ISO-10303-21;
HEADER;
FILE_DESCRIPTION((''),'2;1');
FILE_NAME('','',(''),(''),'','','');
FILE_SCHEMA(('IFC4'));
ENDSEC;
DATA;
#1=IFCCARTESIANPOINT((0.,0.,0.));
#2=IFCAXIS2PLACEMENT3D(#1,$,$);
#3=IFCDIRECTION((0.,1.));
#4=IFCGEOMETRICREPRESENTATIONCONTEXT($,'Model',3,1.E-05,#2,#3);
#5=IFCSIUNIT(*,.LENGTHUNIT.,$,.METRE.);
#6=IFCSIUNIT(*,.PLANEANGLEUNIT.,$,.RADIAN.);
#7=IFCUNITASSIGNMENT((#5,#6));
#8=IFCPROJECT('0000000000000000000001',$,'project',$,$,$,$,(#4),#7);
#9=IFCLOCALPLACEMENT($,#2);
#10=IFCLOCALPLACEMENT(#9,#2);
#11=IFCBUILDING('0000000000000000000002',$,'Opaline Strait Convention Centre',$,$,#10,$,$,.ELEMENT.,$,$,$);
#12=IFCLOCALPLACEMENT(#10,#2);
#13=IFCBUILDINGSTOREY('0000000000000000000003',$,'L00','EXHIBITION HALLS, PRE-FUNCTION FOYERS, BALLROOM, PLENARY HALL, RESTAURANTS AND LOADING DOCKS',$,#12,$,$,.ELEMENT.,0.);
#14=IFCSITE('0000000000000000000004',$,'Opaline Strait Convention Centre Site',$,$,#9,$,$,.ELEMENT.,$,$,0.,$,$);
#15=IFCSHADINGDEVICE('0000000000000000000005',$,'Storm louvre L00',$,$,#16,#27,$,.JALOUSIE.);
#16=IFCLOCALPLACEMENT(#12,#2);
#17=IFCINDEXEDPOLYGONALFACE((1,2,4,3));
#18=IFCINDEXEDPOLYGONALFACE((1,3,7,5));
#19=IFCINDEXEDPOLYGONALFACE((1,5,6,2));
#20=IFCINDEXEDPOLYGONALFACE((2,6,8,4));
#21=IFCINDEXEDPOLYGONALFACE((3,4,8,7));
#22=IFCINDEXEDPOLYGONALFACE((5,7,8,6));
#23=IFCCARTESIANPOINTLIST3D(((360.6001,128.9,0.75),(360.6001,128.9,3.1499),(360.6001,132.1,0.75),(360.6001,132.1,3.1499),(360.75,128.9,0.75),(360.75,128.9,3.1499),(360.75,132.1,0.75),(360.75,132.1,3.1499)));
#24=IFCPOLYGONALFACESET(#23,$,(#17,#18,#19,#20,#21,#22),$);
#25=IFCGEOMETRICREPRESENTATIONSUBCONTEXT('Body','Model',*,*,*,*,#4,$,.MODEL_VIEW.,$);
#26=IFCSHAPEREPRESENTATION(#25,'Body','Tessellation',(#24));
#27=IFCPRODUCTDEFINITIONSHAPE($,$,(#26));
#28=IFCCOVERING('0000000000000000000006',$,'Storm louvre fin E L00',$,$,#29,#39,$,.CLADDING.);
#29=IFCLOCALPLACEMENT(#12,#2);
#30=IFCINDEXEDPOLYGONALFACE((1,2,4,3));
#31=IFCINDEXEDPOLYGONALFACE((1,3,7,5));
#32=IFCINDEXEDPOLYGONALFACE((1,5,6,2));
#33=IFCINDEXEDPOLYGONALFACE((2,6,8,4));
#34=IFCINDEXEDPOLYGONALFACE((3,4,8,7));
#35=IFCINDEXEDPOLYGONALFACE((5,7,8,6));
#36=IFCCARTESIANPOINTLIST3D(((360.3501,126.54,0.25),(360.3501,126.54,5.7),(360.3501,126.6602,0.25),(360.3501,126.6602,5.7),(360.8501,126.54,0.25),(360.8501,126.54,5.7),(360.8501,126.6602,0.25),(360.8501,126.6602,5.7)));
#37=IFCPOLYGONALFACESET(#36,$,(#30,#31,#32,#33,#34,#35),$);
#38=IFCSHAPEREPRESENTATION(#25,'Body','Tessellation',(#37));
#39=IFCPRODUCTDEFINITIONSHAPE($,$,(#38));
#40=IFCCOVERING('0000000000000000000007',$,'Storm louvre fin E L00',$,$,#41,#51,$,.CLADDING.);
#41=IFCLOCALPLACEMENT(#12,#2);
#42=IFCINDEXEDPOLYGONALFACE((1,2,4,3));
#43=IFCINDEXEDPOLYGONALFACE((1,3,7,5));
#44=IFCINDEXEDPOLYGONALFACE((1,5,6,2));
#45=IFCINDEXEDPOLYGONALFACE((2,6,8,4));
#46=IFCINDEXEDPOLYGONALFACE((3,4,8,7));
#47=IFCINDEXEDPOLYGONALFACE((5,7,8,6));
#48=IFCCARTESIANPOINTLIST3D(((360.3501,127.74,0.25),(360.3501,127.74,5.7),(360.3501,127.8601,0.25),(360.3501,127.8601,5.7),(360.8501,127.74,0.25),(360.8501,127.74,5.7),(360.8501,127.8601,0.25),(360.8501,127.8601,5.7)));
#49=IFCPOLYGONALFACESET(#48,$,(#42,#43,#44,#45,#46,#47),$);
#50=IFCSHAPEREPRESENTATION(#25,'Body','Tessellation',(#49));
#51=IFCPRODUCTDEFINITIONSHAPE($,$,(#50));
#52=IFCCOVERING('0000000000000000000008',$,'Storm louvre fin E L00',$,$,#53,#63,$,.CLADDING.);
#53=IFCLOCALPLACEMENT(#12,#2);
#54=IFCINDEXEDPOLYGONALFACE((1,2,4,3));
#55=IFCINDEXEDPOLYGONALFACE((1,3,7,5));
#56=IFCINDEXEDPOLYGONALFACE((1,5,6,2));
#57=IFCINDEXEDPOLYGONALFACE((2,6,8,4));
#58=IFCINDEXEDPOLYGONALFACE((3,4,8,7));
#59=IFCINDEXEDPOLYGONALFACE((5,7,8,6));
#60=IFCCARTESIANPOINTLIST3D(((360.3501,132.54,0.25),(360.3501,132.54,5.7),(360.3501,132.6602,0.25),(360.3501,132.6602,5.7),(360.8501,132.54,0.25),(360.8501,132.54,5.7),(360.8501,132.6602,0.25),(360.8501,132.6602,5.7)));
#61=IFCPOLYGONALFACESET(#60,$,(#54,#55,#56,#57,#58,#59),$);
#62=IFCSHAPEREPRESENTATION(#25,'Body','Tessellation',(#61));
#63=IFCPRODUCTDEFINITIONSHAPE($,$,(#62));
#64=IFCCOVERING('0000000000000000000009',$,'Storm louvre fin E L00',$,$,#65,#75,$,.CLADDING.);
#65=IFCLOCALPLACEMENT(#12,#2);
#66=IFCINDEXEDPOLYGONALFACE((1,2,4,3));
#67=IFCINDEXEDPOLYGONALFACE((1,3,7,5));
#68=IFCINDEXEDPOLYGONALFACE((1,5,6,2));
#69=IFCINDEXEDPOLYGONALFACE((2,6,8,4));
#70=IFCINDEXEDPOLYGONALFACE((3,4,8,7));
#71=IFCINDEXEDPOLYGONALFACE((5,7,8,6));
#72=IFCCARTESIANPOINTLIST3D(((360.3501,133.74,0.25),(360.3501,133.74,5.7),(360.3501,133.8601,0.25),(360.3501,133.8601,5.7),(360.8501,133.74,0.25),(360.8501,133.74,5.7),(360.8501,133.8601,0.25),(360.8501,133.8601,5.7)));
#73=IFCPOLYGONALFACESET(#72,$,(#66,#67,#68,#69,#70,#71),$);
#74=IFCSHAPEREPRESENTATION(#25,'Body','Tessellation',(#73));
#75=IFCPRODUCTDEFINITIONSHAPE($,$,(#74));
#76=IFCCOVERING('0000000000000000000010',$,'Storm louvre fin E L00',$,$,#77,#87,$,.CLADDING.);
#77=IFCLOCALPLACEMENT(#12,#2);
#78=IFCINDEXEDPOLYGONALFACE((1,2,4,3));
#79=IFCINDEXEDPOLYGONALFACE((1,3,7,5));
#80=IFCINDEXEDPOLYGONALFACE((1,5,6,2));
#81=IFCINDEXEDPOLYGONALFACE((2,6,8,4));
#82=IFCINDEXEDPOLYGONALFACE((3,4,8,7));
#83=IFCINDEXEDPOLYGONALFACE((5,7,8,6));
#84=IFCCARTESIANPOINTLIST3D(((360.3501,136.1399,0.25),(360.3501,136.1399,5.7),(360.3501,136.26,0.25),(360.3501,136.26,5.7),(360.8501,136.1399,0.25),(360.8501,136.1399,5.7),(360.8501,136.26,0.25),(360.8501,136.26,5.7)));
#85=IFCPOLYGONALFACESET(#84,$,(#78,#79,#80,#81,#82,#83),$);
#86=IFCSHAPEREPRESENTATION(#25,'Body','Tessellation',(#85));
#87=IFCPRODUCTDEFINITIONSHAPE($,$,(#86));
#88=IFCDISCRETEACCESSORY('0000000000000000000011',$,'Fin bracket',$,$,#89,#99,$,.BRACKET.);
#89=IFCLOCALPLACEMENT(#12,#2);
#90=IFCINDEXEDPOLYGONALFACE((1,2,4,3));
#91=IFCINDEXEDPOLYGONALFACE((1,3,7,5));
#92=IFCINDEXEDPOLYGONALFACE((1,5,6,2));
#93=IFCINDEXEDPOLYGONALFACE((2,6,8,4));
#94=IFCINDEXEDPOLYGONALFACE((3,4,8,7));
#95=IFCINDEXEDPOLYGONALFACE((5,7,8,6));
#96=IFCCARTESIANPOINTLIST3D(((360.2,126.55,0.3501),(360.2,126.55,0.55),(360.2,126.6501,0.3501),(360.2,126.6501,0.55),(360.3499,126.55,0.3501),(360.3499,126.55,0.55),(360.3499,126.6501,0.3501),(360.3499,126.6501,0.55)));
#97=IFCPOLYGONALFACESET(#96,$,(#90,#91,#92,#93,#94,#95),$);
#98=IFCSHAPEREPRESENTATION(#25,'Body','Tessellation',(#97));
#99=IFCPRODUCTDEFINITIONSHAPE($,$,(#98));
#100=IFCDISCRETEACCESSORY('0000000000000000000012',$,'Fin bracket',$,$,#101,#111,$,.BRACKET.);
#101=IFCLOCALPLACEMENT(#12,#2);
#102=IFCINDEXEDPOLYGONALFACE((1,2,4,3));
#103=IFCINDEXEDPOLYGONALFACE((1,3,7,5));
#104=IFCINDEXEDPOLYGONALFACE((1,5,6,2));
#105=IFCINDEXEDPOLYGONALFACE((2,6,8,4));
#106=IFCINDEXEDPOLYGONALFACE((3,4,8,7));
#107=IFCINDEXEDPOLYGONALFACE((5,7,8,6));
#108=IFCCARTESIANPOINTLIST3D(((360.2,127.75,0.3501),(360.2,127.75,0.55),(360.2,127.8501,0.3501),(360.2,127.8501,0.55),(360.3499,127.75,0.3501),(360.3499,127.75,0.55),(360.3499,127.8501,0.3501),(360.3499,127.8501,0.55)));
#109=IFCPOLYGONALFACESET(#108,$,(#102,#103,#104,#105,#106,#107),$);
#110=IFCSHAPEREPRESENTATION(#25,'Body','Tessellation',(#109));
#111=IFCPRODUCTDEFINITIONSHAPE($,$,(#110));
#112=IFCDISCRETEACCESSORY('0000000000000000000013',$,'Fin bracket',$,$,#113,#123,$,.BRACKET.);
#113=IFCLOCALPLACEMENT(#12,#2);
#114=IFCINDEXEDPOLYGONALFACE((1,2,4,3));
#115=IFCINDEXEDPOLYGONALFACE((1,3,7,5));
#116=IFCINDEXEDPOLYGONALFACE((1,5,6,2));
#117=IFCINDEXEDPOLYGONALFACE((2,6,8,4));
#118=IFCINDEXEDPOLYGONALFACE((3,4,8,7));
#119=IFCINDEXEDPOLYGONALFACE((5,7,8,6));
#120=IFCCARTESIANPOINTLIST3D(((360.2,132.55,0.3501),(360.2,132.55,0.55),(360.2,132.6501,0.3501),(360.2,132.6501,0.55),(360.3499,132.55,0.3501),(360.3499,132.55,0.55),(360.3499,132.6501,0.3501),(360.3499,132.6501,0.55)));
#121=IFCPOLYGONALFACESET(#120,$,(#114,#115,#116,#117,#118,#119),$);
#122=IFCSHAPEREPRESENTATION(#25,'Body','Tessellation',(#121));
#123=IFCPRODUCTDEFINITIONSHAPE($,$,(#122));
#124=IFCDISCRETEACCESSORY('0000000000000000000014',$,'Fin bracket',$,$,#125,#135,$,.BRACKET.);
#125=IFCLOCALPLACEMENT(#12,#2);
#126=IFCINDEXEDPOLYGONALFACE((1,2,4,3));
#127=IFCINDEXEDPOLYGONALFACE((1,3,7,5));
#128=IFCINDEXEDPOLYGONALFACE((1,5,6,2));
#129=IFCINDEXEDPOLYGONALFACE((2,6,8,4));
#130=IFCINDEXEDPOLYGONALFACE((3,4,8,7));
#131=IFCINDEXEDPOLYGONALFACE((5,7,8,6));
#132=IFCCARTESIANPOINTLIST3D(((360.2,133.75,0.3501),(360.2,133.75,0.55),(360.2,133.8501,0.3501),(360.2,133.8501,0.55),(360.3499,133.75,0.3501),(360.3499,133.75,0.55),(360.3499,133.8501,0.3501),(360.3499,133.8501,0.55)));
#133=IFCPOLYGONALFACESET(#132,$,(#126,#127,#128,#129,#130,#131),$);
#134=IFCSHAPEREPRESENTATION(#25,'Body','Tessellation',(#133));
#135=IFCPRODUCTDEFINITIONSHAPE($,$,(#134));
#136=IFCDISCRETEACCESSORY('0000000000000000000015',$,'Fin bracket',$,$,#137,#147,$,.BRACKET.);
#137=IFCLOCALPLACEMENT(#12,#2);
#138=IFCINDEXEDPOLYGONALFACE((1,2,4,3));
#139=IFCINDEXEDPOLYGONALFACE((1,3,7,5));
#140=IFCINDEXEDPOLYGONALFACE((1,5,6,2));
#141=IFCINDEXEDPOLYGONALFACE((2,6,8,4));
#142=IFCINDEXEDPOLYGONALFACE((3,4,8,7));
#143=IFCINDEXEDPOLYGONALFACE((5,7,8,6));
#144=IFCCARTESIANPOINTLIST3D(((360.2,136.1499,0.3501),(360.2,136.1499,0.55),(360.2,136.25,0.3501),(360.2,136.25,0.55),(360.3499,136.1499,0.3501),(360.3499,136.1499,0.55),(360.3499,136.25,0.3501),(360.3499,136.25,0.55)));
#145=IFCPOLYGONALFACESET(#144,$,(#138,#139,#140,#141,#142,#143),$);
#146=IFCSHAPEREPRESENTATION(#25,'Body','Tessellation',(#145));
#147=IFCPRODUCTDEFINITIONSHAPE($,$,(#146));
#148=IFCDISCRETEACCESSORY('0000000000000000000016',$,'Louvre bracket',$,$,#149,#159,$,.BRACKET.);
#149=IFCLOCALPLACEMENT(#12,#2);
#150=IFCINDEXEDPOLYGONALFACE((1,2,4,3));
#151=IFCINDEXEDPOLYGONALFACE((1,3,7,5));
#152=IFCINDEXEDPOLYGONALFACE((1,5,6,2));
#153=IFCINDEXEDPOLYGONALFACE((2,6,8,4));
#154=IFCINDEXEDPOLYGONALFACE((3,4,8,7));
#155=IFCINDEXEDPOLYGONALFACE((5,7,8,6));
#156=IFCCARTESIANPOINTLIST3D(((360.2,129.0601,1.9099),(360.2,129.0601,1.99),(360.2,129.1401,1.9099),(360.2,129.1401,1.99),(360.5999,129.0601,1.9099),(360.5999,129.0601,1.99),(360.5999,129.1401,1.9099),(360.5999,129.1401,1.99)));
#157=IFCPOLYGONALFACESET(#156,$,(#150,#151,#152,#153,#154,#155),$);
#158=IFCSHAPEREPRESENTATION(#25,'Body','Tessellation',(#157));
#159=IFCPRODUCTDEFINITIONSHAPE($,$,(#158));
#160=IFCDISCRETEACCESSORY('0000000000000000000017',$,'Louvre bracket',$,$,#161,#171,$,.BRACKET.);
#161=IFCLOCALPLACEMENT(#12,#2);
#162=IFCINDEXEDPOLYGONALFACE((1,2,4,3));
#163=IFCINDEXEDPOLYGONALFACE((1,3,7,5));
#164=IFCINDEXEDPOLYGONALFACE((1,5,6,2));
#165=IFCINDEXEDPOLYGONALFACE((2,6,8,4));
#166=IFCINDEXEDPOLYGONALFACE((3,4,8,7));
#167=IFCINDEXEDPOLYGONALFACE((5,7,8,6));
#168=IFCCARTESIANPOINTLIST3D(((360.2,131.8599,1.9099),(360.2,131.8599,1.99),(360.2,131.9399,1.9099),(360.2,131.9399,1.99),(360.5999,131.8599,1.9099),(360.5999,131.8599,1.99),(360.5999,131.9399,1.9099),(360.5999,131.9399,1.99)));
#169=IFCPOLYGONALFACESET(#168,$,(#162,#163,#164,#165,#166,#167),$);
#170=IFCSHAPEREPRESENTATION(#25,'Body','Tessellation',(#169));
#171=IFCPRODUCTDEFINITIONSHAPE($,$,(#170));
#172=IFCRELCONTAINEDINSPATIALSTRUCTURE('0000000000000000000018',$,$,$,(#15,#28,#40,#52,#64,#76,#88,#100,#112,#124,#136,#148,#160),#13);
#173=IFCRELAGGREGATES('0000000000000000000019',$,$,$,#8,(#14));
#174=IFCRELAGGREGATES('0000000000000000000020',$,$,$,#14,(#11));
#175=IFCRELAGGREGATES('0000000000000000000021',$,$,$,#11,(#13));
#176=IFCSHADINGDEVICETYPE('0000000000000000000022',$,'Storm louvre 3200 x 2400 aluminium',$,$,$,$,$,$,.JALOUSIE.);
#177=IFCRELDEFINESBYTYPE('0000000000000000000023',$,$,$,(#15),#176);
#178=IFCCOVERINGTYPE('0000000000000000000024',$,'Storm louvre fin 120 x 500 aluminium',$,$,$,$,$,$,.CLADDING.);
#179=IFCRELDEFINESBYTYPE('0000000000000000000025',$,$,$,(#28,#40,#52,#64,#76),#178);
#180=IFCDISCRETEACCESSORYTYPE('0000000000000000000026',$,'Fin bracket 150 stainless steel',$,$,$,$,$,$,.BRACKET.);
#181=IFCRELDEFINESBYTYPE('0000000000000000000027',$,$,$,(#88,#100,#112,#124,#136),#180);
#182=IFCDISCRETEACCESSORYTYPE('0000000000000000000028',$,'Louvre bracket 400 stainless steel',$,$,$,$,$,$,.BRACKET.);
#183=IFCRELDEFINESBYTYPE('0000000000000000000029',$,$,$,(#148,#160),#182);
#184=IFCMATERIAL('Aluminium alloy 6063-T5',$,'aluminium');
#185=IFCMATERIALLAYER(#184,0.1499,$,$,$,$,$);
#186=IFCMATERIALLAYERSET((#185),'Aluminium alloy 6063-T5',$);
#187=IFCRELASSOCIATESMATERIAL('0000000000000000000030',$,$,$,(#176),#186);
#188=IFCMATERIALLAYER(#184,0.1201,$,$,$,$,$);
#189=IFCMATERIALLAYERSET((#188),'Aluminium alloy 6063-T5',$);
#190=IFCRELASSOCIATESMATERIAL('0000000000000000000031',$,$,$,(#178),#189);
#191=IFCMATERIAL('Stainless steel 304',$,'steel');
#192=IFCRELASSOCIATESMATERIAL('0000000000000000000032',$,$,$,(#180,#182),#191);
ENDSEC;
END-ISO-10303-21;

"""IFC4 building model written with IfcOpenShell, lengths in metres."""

from ifc_helpers import new_model, si_unit, direction, frame, origin, origin_2d, place, context, subcontext, project, spatial, rectangle, extrude, material, layer, layer_set, type_object, element, save


model = new_model("IFC4")

# Units and contexts
model_context = context("Model", 3, precision=1e-05, world=origin(), true_north=direction((0.0, 1.0)))
body_context = subcontext(model_context, "Body", "Model", "MODEL_VIEW")
ifc_project = project(units=[si_unit("LENGTHUNIT", "METRE"), si_unit("PLANEANGLEUNIT", "RADIAN")], contexts=[model_context])

# Site, building, storey
site_placement = place(None, origin())
site = spatial("IfcSite", under=ifc_project, at=site_placement, Name="Opaline Strait Convention Centre Site", CompositionType="ELEMENT", RefElevation=0.0)
building_placement = place(site_placement, origin())
building = spatial("IfcBuilding", under=site, at=building_placement, Name="Opaline Strait Convention Centre", CompositionType="ELEMENT")
storey_placement = place(building_placement, origin())
storey = spatial("IfcBuildingStorey", under=building, at=storey_placement, Name="L00", Description="EXHIBITION HALLS, PRE-FUNCTION FOYERS, BALLROOM, PLENARY HALL, RESTAURANTS AND LOADING DOCKS", CompositionType="ELEMENT", Elevation=0.0)

# Shading device
ifc_material_1 = material(Name="Aluminium alloy 6063-T5", Category="aluminium")
ifc_layer_1 = layer(ifc_material_1, 0.1499)
ifc_layer_set_1 = layer_set([ifc_layer_1], Name="Aluminium alloy 6063-T5")
shading_device_type = type_object("IfcShadingDeviceType", Name="Storm louvre 3200 x 2400 aluminium", PredefinedType="JALOUSIE", material=ifc_layer_set_1)
shading_device_placement = place(storey_placement, frame((360.675, 130.5, 0.75), z_axis=(0.0, 0.0, 1.0), x_axis=(1.0, 0.0, 0.0)))
element("IfcShadingDevice", 1, at=shading_device_placement, inside=storey, type_object=shading_device_type, Name="Storm louvre L00", PredefinedType="JALOUSIE", context=body_context, shape_type="SweptSolid", body=[
    extrude(rectangle(XDim=0.1499, YDim=3.2, at=origin_2d()), origin(), (0.0, 0.0, 1.0), 2.3999),
])

# Coverings
ifc_layer_2 = layer(ifc_material_1, 0.1201)
ifc_layer_set_2 = layer_set([ifc_layer_2], Name="Aluminium alloy 6063-T5")
covering_type = type_object("IfcCoveringType", Name="Storm louvre fin 120 x 500 aluminium", PredefinedType="CLADDING", material=ifc_layer_set_2)
for number, where, z_axis, x_axis, name in (
    (2, (360.6001, 126.6001, 0.25), (0.0, 0.0, 1.0), (1.0, 0.0, 0.0), "Storm louvre fin E L00"),
    (3, (360.6001, 127.8, 0.25), (0.0, 0.0, 1.0), (1.0, 0.0, 0.0), "Storm louvre fin E L00"),
    (4, (360.6001, 132.6001, 0.25), (0.0, 0.0, 1.0), (1.0, 0.0, 0.0), "Storm louvre fin E L00"),
    (5, (360.6001, 133.8, 0.25), (0.0, 0.0, 1.0), (1.0, 0.0, 0.0), "Storm louvre fin E L00"),
    (6, (360.6001, 136.2, 0.25), (0.0, 0.0, 1.0), (1.0, 0.0, 0.0), "Storm louvre fin E L00"),
):
    element("IfcCovering", number, at=place(storey_placement, frame(where, z_axis=z_axis, x_axis=x_axis)), inside=storey, type_object=covering_type, Name=name, PredefinedType="CLADDING", context=body_context, shape_type="SweptSolid", body=[
        extrude(rectangle(XDim=0.5, YDim=0.1201, at=origin_2d()), origin(), (0.0, 0.0, 1.0), 5.45),
    ])

# Discrete accessories
ifc_material_2 = material(Name="Stainless steel 304", Category="steel")
discrete_accessory_type_1 = type_object("IfcDiscreteAccessoryType", Name="Fin bracket 150 stainless steel", PredefinedType="BRACKET", material=ifc_material_2)
for number, where, z_axis, x_axis, name in (
    (7, (360.2749, 126.6001, 0.3501), (0.0, 0.0, 1.0), (1.0, 0.0, 0.0), "Fin bracket"),
    (8, (360.2749, 127.8, 0.3501), (0.0, 0.0, 1.0), (1.0, 0.0, 0.0), "Fin bracket"),
    (9, (360.2749, 132.6001, 0.3501), (0.0, 0.0, 1.0), (1.0, 0.0, 0.0), "Fin bracket"),
    (10, (360.2749, 133.8, 0.3501), (0.0, 0.0, 1.0), (1.0, 0.0, 0.0), "Fin bracket"),
    (11, (360.2749, 136.2, 0.3501), (0.0, 0.0, 1.0), (1.0, 0.0, 0.0), "Fin bracket"),
):
    element("IfcDiscreteAccessory", number, at=place(storey_placement, frame(where, z_axis=z_axis, x_axis=x_axis)), inside=storey, type_object=discrete_accessory_type_1, Name=name, PredefinedType="BRACKET", context=body_context, shape_type="SweptSolid", body=[
        extrude(rectangle(XDim=0.1499, YDim=0.1001, at=origin_2d()), origin(), (0.0, 0.0, 1.0), 0.2),
    ])
discrete_accessory_type_2 = type_object("IfcDiscreteAccessoryType", Name="Louvre bracket 400 stainless steel", PredefinedType="BRACKET", material=ifc_material_2)
for number, where, z_axis, x_axis, name in (
    (12, (360.3999, 129.1001, 1.9099), (0.0, 0.0, 1.0), (1.0, 0.0, 0.0), "Louvre bracket"),
    (13, (360.3999, 131.8999, 1.9099), (0.0, 0.0, 1.0), (1.0, 0.0, 0.0), "Louvre bracket"),
):
    element("IfcDiscreteAccessory", number, at=place(storey_placement, frame(where, z_axis=z_axis, x_axis=x_axis)), inside=storey, type_object=discrete_accessory_type_2, Name=name, PredefinedType="BRACKET", context=body_context, shape_type="SweptSolid", body=[
        extrude(rectangle(XDim=0.3999, YDim=0.0801, at=origin_2d()), origin(), (0.0, 0.0, 1.0), 0.0801),
    ])

save(model, "model.ifc")
